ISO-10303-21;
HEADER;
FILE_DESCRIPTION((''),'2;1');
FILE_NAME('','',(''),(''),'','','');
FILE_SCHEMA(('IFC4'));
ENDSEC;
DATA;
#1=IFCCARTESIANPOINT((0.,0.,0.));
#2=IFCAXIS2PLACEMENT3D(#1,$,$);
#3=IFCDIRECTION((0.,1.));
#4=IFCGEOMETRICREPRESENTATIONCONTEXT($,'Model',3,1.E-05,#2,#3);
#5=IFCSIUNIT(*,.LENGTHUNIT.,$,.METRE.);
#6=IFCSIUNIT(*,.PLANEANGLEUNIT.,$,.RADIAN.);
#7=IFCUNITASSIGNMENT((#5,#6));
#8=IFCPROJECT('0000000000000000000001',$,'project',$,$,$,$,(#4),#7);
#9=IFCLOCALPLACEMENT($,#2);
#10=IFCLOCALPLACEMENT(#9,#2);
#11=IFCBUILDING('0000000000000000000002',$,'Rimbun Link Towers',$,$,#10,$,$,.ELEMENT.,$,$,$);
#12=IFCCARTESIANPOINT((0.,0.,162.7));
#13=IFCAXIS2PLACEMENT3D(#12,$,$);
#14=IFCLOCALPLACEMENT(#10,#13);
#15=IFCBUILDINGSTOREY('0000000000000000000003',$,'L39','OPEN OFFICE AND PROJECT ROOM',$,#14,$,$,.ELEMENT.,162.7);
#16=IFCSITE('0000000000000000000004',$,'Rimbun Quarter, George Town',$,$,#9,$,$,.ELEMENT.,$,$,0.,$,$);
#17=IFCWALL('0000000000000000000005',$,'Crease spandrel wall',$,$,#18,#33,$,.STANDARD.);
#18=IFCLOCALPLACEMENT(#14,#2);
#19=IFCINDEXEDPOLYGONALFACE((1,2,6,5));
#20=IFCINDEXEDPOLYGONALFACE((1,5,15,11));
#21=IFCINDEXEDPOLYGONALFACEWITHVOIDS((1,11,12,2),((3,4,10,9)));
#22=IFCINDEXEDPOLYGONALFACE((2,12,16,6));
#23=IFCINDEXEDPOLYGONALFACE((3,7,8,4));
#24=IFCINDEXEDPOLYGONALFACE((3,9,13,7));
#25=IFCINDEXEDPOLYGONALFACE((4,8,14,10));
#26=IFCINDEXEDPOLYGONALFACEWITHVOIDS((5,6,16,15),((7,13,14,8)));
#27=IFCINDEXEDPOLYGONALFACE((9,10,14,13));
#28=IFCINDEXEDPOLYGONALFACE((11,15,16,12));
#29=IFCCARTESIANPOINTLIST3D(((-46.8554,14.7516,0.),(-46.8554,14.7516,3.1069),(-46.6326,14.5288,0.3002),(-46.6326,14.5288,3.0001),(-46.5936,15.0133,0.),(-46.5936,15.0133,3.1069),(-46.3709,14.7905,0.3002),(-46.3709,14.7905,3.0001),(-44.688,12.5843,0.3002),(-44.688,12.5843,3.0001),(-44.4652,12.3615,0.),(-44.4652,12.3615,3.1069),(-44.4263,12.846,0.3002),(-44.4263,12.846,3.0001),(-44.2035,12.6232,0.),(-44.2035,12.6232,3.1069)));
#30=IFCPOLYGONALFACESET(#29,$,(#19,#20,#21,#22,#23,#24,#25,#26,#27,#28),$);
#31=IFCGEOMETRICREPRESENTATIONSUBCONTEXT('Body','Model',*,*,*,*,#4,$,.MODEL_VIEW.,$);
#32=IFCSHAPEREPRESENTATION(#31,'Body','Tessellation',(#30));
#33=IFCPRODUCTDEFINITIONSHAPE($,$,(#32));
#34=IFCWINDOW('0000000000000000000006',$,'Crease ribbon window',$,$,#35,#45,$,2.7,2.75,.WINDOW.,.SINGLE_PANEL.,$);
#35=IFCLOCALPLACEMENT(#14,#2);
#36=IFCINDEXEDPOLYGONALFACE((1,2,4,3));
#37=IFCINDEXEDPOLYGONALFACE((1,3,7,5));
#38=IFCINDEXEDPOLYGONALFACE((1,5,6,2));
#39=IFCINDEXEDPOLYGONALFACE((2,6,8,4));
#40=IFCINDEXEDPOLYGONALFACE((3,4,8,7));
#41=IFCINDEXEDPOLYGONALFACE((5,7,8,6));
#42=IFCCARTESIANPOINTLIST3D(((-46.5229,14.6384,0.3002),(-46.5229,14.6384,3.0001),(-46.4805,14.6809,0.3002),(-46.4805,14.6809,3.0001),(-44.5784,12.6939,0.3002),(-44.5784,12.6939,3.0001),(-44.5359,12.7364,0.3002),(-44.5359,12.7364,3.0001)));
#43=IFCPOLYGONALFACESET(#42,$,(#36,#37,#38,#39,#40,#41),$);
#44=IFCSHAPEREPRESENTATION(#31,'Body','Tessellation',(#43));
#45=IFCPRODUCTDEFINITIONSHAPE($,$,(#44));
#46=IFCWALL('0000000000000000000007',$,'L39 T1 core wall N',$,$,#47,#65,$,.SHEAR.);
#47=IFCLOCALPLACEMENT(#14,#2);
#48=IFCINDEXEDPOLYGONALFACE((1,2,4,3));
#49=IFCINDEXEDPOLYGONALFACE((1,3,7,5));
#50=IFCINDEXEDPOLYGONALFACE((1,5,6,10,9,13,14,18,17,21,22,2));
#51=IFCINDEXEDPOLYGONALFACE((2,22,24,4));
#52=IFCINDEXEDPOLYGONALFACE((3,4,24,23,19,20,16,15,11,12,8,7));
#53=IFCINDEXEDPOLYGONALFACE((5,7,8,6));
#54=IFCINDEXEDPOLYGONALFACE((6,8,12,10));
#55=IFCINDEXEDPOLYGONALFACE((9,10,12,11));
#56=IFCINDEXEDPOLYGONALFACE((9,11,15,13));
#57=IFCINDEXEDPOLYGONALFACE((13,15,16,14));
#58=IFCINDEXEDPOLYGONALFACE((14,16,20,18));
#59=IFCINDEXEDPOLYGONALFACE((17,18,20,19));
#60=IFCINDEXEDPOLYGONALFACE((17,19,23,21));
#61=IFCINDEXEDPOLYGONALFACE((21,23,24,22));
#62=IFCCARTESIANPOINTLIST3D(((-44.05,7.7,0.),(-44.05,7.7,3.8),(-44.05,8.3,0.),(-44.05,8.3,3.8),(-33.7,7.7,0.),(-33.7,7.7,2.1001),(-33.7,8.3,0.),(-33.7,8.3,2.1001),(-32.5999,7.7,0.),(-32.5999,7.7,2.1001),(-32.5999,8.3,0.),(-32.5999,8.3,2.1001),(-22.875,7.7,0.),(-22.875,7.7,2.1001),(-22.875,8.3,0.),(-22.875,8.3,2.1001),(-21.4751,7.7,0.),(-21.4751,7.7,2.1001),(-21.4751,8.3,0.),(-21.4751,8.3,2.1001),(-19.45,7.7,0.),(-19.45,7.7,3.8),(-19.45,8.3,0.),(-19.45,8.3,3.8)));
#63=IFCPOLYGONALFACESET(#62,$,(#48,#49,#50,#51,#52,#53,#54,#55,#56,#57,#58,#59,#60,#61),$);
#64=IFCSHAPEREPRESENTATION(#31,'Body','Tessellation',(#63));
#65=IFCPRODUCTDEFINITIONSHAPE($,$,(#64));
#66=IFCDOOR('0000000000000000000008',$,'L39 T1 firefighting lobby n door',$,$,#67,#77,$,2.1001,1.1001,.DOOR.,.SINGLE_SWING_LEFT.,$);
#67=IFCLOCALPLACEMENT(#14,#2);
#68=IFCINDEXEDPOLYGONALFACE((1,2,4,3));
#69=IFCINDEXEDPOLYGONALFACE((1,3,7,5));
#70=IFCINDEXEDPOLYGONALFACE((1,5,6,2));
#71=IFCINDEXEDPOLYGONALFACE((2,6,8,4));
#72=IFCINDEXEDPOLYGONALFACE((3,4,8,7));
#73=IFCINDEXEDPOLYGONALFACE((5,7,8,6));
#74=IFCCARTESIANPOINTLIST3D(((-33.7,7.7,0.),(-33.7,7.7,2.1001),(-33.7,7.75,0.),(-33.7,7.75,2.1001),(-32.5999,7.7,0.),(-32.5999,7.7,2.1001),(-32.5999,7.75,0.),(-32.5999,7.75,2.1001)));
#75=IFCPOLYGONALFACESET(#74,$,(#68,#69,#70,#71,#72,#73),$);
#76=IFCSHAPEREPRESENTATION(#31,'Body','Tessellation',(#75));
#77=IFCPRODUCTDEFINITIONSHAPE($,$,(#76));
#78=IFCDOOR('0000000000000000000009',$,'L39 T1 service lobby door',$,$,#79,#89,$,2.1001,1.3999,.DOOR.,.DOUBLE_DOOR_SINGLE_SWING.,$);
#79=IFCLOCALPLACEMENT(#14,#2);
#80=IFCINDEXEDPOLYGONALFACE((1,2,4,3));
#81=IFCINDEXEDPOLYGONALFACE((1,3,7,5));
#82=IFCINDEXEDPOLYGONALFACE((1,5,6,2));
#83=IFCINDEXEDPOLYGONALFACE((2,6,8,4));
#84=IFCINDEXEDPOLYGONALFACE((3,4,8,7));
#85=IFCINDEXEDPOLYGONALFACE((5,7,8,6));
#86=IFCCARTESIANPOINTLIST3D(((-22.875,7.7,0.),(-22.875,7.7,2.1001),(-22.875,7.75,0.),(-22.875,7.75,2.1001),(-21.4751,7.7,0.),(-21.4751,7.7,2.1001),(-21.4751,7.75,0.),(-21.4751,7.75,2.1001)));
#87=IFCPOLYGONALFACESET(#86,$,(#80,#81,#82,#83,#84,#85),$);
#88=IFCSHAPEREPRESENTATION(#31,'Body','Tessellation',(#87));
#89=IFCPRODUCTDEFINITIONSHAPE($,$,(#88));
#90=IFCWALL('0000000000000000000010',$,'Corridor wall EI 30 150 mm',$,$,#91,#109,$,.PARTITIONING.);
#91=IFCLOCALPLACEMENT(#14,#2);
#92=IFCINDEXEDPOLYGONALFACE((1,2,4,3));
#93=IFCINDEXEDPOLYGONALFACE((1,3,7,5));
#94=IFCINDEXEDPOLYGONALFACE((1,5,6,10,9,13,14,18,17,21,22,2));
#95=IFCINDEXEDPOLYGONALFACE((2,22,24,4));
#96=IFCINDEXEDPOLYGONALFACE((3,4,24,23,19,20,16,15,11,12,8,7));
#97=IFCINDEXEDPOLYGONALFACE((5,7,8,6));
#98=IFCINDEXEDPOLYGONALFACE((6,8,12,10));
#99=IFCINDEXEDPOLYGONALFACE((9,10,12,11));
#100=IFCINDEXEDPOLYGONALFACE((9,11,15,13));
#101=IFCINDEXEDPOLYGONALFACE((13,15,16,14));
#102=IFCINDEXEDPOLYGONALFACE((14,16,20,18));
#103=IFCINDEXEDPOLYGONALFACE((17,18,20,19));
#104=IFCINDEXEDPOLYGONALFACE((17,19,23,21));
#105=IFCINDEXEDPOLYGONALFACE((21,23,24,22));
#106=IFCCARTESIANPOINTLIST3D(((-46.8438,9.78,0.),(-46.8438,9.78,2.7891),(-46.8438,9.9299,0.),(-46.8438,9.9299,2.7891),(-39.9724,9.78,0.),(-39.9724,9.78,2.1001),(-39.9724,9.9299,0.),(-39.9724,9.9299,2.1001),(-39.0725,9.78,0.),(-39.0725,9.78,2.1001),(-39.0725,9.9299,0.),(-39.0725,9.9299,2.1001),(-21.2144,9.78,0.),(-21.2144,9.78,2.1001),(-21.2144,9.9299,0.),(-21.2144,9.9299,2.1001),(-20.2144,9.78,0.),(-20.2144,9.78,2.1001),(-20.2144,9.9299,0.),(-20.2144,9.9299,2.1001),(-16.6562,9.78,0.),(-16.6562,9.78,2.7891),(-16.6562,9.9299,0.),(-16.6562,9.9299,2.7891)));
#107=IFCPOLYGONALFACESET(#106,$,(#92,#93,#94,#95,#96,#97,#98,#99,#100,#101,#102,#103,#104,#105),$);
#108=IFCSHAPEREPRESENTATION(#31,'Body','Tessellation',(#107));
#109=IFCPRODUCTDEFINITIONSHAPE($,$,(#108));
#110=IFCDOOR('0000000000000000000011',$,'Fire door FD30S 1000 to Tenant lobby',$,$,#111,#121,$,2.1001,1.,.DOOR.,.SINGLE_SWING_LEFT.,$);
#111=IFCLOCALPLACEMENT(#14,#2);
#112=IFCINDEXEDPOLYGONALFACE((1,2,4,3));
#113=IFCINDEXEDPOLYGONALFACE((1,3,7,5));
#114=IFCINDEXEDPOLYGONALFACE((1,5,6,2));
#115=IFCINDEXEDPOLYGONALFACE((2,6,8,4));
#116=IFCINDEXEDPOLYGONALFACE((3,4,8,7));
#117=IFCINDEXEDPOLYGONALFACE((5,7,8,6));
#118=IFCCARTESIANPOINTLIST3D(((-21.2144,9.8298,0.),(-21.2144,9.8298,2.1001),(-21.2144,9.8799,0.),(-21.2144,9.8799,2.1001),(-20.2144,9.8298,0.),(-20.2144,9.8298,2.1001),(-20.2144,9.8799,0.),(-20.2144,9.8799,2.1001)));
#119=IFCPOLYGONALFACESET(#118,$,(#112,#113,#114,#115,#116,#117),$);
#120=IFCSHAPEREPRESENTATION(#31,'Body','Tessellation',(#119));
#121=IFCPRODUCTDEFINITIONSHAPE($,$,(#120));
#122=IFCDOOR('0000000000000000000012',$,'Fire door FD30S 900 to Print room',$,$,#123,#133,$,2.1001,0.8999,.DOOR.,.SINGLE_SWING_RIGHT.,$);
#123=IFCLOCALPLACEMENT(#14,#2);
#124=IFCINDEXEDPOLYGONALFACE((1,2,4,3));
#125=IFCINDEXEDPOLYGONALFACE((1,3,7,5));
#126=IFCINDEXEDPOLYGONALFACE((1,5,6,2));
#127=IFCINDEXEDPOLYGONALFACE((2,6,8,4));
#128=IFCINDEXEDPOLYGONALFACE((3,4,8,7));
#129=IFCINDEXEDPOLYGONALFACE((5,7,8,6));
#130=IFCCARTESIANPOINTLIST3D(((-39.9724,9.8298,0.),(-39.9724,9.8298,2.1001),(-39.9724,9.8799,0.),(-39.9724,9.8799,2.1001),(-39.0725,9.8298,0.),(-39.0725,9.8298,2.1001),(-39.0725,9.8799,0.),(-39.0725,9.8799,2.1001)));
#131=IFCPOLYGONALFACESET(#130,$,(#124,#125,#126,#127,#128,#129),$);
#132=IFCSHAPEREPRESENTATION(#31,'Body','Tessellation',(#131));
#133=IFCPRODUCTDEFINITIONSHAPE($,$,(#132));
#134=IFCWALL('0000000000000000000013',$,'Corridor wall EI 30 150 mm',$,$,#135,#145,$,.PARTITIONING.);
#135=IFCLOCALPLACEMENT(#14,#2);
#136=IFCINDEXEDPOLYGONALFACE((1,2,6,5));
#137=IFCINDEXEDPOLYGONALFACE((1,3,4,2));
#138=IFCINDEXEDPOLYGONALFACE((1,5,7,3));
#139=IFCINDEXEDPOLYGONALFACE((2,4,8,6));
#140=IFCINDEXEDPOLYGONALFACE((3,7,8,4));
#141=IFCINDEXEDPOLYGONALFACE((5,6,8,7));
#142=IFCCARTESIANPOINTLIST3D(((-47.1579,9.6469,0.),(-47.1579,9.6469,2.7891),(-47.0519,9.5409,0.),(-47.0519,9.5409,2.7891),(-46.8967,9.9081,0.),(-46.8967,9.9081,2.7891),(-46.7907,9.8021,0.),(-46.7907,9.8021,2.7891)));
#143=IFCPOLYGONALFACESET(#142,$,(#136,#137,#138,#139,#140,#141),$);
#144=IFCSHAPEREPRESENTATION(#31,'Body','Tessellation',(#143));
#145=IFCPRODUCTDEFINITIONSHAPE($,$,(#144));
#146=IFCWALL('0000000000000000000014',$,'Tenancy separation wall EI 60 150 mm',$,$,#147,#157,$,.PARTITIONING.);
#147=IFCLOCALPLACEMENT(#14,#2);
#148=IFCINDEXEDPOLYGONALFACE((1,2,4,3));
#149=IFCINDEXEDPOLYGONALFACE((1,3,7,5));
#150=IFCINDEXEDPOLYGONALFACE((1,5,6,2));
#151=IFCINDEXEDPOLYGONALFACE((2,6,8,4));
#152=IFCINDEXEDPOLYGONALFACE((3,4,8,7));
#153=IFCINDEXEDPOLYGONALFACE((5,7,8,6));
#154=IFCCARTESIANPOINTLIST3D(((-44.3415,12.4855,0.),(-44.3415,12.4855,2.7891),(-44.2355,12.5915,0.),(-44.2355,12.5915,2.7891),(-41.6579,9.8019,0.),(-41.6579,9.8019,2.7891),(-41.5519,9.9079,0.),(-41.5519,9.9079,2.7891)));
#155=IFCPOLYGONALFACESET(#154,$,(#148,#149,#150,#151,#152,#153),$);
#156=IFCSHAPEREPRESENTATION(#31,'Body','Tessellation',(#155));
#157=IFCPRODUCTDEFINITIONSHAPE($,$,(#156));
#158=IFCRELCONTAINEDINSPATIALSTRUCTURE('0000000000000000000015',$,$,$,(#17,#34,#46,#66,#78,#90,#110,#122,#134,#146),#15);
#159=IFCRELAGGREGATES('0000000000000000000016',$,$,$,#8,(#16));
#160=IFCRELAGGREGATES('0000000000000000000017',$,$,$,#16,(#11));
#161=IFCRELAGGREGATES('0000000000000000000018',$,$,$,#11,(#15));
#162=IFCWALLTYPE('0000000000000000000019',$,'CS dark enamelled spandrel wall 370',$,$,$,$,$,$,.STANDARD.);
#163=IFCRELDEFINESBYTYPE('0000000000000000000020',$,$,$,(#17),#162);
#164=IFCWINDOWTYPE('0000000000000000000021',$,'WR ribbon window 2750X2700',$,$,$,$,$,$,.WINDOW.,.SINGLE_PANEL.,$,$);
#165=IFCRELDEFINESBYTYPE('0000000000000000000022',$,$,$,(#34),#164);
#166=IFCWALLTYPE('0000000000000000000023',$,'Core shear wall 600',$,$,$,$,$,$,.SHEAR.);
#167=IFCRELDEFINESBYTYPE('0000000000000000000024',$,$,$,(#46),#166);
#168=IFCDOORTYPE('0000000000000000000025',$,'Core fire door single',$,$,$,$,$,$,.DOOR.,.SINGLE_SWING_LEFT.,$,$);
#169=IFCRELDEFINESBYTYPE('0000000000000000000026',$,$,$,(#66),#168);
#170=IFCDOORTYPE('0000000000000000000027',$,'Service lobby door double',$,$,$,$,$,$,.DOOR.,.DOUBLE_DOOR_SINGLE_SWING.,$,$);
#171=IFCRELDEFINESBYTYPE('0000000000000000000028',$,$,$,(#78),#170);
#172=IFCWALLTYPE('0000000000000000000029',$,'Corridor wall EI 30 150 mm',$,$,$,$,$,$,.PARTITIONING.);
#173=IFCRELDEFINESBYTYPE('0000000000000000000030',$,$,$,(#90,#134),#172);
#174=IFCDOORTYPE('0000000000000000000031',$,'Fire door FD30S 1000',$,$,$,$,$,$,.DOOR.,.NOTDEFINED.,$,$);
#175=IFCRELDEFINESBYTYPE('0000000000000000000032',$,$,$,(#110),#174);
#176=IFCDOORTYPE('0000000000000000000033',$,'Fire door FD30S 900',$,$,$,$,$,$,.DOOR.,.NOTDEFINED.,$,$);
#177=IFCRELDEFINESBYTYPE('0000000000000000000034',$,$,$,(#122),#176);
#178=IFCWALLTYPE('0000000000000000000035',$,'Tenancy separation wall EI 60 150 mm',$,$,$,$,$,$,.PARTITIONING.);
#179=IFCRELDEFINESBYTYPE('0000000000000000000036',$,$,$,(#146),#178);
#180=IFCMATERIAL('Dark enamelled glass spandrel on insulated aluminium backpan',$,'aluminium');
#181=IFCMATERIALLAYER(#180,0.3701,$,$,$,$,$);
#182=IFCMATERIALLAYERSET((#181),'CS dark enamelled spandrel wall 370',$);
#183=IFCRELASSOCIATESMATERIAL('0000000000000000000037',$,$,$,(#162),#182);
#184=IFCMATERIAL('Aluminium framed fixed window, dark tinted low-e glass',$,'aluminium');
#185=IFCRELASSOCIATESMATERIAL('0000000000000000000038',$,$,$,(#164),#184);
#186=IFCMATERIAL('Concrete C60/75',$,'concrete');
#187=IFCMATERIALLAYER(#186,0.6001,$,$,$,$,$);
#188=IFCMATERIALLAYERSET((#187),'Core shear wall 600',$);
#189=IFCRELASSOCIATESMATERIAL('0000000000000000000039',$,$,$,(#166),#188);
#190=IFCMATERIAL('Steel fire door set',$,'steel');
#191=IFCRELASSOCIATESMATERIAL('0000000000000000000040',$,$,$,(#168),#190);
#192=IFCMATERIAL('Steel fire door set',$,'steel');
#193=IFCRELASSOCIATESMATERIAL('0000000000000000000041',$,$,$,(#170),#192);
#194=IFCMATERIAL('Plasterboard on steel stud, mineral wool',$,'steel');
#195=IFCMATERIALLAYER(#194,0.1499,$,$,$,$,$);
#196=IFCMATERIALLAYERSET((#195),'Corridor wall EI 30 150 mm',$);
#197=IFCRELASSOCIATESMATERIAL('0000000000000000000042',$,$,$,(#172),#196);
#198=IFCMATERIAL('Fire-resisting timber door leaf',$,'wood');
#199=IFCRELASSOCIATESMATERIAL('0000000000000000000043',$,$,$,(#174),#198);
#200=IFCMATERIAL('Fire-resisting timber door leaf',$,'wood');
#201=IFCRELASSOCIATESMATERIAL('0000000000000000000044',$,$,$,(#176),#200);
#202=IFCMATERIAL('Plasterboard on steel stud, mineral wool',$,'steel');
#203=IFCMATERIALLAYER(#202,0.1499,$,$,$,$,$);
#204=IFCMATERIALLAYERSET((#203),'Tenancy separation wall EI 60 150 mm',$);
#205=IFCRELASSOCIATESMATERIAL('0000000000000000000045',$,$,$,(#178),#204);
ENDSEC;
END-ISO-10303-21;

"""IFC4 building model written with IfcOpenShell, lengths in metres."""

from ifc_helpers import new_model, si_unit, direction, frame, frame_2d, origin, place, context, subcontext, project, spatial, rectangle, extrude, material, layer, layer_set, type_object, element, fill, save


model = new_model("IFC4")

# Units and contexts
model_context = context("Model", 3, precision=1e-05, world=origin(), true_north=direction((0.0, 1.0)))
body_context = subcontext(model_context, "Body", "Model", "MODEL_VIEW")
ifc_project = project(units=[si_unit("LENGTHUNIT", "METRE"), si_unit("PLANEANGLEUNIT", "RADIAN")], contexts=[model_context])

# Site, building, storey
site_placement = place(None, origin())
site = spatial("IfcSite", under=ifc_project, at=site_placement, Name="Rimbun Quarter, George Town", CompositionType="ELEMENT", RefElevation=0.0)
building_placement = place(site_placement, origin())
building = spatial("IfcBuilding", under=site, at=building_placement, Name="Rimbun Link Towers", CompositionType="ELEMENT")
storey_placement = place(building_placement, frame((0.0, 0.0, 162.7)))
storey = spatial("IfcBuildingStorey", under=building, at=storey_placement, Name="L39", Description="OPEN OFFICE AND PROJECT ROOM", CompositionType="ELEMENT", Elevation=162.7)

# Wall, opening, window
ifc_material_1 = material(Name="Dark enamelled glass spandrel on insulated aluminium backpan", Category="aluminium")
ifc_layer_1 = layer(ifc_material_1, 0.3701)
ifc_layer_set_1 = layer_set([ifc_layer_1], Name="CS dark enamelled spandrel wall 370")
wall_type_1 = type_object("IfcWallType", Name="CS dark enamelled spandrel wall 370", PredefinedType="STANDARD", material=ifc_layer_set_1)
wall_1_placement = place(storey_placement, frame((-44.3345, 12.4924, 0.0), z_axis=(0.0, 0.0, 1.0), x_axis=(-0.707107, 0.707107, 0.0)))
wall_1 = element("IfcWall", 1, at=wall_1_placement, inside=storey, type_object=wall_type_1, Name="Crease spandrel wall", PredefinedType="STANDARD", context=body_context, shape_type="SweptSolid", body=[
    extrude(rectangle(XDim=3.3801, YDim=0.3701, at=frame_2d((1.6899, 0.0))), origin(), (0.0, 0.0, 1.0), 3.1069),
])
opening_1_placement = place(wall_1_placement, frame((0.3149, 0.0, 0.3)))
opening_1 = element("IfcOpeningElement", 2, at=opening_1_placement, cuts=wall_1, PredefinedType="OPENING", context=body_context, shape_type="SweptSolid", body=[
    extrude(rectangle(XDim=2.75, YDim=2.7, at=frame_2d((1.375, 1.3501))), frame((0.0, 0.1951, 0.0), z_axis=(0.0, -1.0, 0.0), x_axis=(1.0, 0.0, 0.0)), (0.0, 0.0, 1.0), 0.3901),
])
ifc_material_2 = material(Name="Aluminium framed fixed window, dark tinted low-e glass", Category="aluminium")
window_type_1 = type_object("IfcWindowType", Name="WR ribbon window 2750X2700", PartitioningType="SINGLE_PANEL", PredefinedType="WINDOW", material=ifc_material_2)
window_1_placement = place(opening_1_placement, origin())
window_1 = element("IfcWindow", 3, at=window_1_placement, inside=storey, type_object=window_type_1, Name="Crease ribbon window", OverallHeight=2.7, OverallWidth=2.75, PartitioningType="SINGLE_PANEL", PredefinedType="WINDOW", context=body_context, shape_type="SweptSolid", body=[
    extrude(rectangle(XDim=2.75, YDim=2.7, at=frame_2d((1.375, 1.3501))), frame((0.0, 0.03, 0.0), z_axis=(0.0, -1.0, 0.0), x_axis=(1.0, 0.0, 0.0)), (0.0, 0.0, 1.0), 0.0601),
])
fill(opening_1, window_1)

# Walls, openings, doors
ifc_material_3 = material(Name="Concrete C60/75", Category="concrete")
ifc_layer_2 = layer(ifc_material_3, 0.6001)
ifc_layer_set_2 = layer_set([ifc_layer_2], Name="Core shear wall 600")
wall_type_2 = type_object("IfcWallType", Name="Core shear wall 600", PredefinedType="SHEAR", material=ifc_layer_set_2)
wall_2_placement = place(storey_placement, frame((-44.05, 8.0, 0.0), z_axis=(0.0, 0.0, 1.0), x_axis=(1.0, 0.0, 0.0)))
wall_2 = element("IfcWall", 4, at=wall_2_placement, inside=storey, type_object=wall_type_2, Name="L39 T1 core wall N", PredefinedType="SHEAR", context=body_context, shape_type="SweptSolid", body=[
    extrude(rectangle(XDim=24.6001, YDim=0.6001, at=frame_2d((12.3, 0.0))), origin(), (0.0, 0.0, 1.0), 3.8),
])
opening_2_placement = place(wall_2_placement, frame((10.3501, 0.0, 0.0)))
opening_2 = element("IfcOpeningElement", 5, at=opening_2_placement, cuts=wall_2, PredefinedType="OPENING", context=body_context, shape_type="SweptSolid", body=[
    extrude(rectangle(XDim=1.1001, YDim=2.1001, at=frame_2d((0.55, 1.05))), frame((0.0, 0.3101, 0.0), z_axis=(0.0, -1.0, 0.0), x_axis=(1.0, 0.0, 0.0)), (0.0, 0.0, 1.0), 0.6201),
])
opening_3_placement = place(wall_2_placement, frame((21.175, 0.0, 0.0)))
opening_3 = element("IfcOpeningElement", 6, at=opening_3_placement, cuts=wall_2, PredefinedType="OPENING", context=body_context, shape_type="SweptSolid", body=[
    extrude(rectangle(XDim=1.3999, YDim=2.1001, at=frame_2d((0.7, 1.05))), frame((0.0, 0.3101, 0.0), z_axis=(0.0, -1.0, 0.0), x_axis=(1.0, 0.0, 0.0)), (0.0, 0.0, 1.0), 0.6201),
])
ifc_material_4 = material(Name="Steel fire door set", Category="steel")
door_type_1 = type_object("IfcDoorType", Name="Core fire door single", OperationType="SINGLE_SWING_LEFT", PredefinedType="DOOR", material=ifc_material_4)
door_1_placement = place(opening_2_placement, origin())
door_1 = element("IfcDoor", 7, at=door_1_placement, inside=storey, type_object=door_type_1, Name="L39 T1 firefighting lobby n door", OperationType="SINGLE_SWING_LEFT", OverallHeight=2.1001, OverallWidth=1.1001, PredefinedType="DOOR", context=body_context, shape_type="SweptSolid", body=[
    extrude(rectangle(XDim=1.1001, YDim=2.1001, at=frame_2d((0.55, 1.05))), frame((0.0, -0.25, 0.0), z_axis=(0.0, -1.0, 0.0), x_axis=(1.0, 0.0, 0.0)), (0.0, 0.0, 1.0), 0.05),
])
fill(opening_2, door_1)
ifc_material_5 = material(Name="Steel fire door set", Category="steel")
door_type_2 = type_object("IfcDoorType", Name="Service lobby door double", OperationType="DOUBLE_DOOR_SINGLE_SWING", PredefinedType="DOOR", material=ifc_material_5)
door_2_placement = place(opening_3_placement, origin())
door_2 = element("IfcDoor", 8, at=door_2_placement, inside=storey, type_object=door_type_2, Name="L39 T1 service lobby door", OperationType="DOUBLE_DOOR_SINGLE_SWING", OverallHeight=2.1001, OverallWidth=1.3999, PredefinedType="DOOR", context=body_context, shape_type="SweptSolid", body=[
    extrude(rectangle(XDim=1.3999, YDim=2.1001, at=frame_2d((0.7, 1.05))), frame((0.0, -0.25, 0.0), z_axis=(0.0, -1.0, 0.0), x_axis=(1.0, 0.0, 0.0)), (0.0, 0.0, 1.0), 0.05),
])
fill(opening_3, door_2)
ifc_material_6 = material(Name="Plasterboard on steel stud, mineral wool", Category="steel")
ifc_layer_3 = layer(ifc_material_6, 0.1499)
ifc_layer_set_3 = layer_set([ifc_layer_3], Name="Corridor wall EI 30 150 mm")
wall_type_3 = type_object("IfcWallType", Name="Corridor wall EI 30 150 mm", PredefinedType="PARTITIONING", material=ifc_layer_set_3)
wall_3_placement = place(storey_placement, frame((-46.8438, 9.855, 0.0), z_axis=(0.0, 0.0, 1.0), x_axis=(1.0, 0.0, 0.0)))
wall_3 = element("IfcWall", 9, at=wall_3_placement, inside=storey, type_object=wall_type_3, Name="Corridor wall EI 30 150 mm", PredefinedType="PARTITIONING", context=body_context, shape_type="SweptSolid", body=[
    extrude(rectangle(XDim=30.1875, YDim=0.1499, at=frame_2d((15.0938, 0.0))), origin(), (0.0, 0.0, 1.0), 2.7891),
])
opening_4_placement = place(wall_3_placement, frame((25.6294, 0.0, 0.0)))
opening_4 = element("IfcOpeningElement", 10, at=opening_4_placement, cuts=wall_3, PredefinedType="OPENING", context=body_context, shape_type="SweptSolid", body=[
    extrude(rectangle(XDim=1.0, YDim=2.1001, at=frame_2d((0.5, 1.05))), frame((0.0, 0.085, 0.0), z_axis=(0.0, -1.0, 0.0), x_axis=(1.0, 0.0, 0.0)), (0.0, 0.0, 1.0), 0.1699),
])
opening_5_placement = place(wall_3_placement, frame((6.8713, 0.0, 0.0)))
opening_5 = element("IfcOpeningElement", 11, at=opening_5_placement, cuts=wall_3, PredefinedType="OPENING", context=body_context, shape_type="SweptSolid", body=[
    extrude(rectangle(XDim=0.8999, YDim=2.1001, at=frame_2d((0.45, 1.05))), frame((0.0, 0.085, 0.0), z_axis=(0.0, -1.0, 0.0), x_axis=(1.0, 0.0, 0.0)), (0.0, 0.0, 1.0), 0.1699),
])
ifc_material_7 = material(Name="Fire-resisting timber door leaf", Category="wood")
door_type_3 = type_object("IfcDoorType", Name="Fire door FD30S 1000", OperationType="NOTDEFINED", PredefinedType="DOOR", material=ifc_material_7)
door_3_placement = place(opening_4_placement, origin())
door_3 = element("IfcDoor", 12, at=door_3_placement, inside=storey, type_object=door_type_3, Name="Fire door FD30S 1000 to Tenant lobby", OperationType="SINGLE_SWING_LEFT", OverallHeight=2.1001, OverallWidth=1.0, PredefinedType="DOOR", context=body_context, shape_type="SweptSolid", body=[
    extrude(rectangle(XDim=1.0, YDim=2.1001, at=frame_2d((0.5, 1.05))), frame((0.0, 0.0249, 0.0), z_axis=(0.0, -1.0, 0.0), x_axis=(1.0, 0.0, 0.0)), (0.0, 0.0, 1.0), 0.05),
])
fill(opening_4, door_3)
ifc_material_8 = material(Name="Fire-resisting timber door leaf", Category="wood")
door_type_4 = type_object("IfcDoorType", Name="Fire door FD30S 900", OperationType="NOTDEFINED", PredefinedType="DOOR", material=ifc_material_8)
door_4_placement = place(opening_5_placement, origin())
door_4 = element("IfcDoor", 13, at=door_4_placement, inside=storey, type_object=door_type_4, Name="Fire door FD30S 900 to Print room", OperationType="SINGLE_SWING_RIGHT", OverallHeight=2.1001, OverallWidth=0.8999, PredefinedType="DOOR", context=body_context, shape_type="SweptSolid", body=[
    extrude(rectangle(XDim=0.8999, YDim=2.1001, at=frame_2d((0.45, 1.05))), frame((0.0, 0.0249, 0.0), z_axis=(0.0, -1.0, 0.0), x_axis=(1.0, 0.0, 0.0)), (0.0, 0.0, 1.0), 0.05),
])
fill(opening_5, door_4)

# Walls
wall_4_placement = place(storey_placement, frame((-46.8438, 9.855, 0.0), z_axis=(0.0, 0.0, 1.0), x_axis=(-0.707107, -0.707107, 0.0)))
element("IfcWall", 14, at=wall_4_placement, inside=storey, type_object=wall_type_3, Name="Corridor wall EI 30 150 mm", PredefinedType="PARTITIONING", context=body_context, shape_type="SweptSolid", body=[
    extrude(rectangle(XDim=0.3694, YDim=0.1499, at=frame_2d((0.1846, 0.0))), origin(), (0.0, 0.0, 1.0), 2.7891),
])
ifc_material_9 = material(Name="Plasterboard on steel stud, mineral wool", Category="steel")
ifc_layer_4 = layer(ifc_material_9, 0.1499)
ifc_layer_set_4 = layer_set([ifc_layer_4], Name="Tenancy separation wall EI 60 150 mm")
wall_type_4 = type_object("IfcWallType", Name="Tenancy separation wall EI 60 150 mm", PredefinedType="PARTITIONING", material=ifc_layer_set_4)
wall_5_placement = place(storey_placement, frame((-41.605, 9.855, 0.0), z_axis=(0.0, 0.0, 1.0), x_axis=(-0.707107, 0.707107, 0.0)))
element("IfcWall", 15, at=wall_5_placement, inside=storey, type_object=wall_type_4, Name="Tenancy separation wall EI 60 150 mm", PredefinedType="PARTITIONING", context=body_context, shape_type="SweptSolid", body=[
    extrude(rectangle(XDim=3.7952, YDim=0.1499, at=frame_2d((1.8975, 0.0))), origin(), (0.0, 0.0, 1.0), 2.7891),
])

save(model, "model.ifc")
